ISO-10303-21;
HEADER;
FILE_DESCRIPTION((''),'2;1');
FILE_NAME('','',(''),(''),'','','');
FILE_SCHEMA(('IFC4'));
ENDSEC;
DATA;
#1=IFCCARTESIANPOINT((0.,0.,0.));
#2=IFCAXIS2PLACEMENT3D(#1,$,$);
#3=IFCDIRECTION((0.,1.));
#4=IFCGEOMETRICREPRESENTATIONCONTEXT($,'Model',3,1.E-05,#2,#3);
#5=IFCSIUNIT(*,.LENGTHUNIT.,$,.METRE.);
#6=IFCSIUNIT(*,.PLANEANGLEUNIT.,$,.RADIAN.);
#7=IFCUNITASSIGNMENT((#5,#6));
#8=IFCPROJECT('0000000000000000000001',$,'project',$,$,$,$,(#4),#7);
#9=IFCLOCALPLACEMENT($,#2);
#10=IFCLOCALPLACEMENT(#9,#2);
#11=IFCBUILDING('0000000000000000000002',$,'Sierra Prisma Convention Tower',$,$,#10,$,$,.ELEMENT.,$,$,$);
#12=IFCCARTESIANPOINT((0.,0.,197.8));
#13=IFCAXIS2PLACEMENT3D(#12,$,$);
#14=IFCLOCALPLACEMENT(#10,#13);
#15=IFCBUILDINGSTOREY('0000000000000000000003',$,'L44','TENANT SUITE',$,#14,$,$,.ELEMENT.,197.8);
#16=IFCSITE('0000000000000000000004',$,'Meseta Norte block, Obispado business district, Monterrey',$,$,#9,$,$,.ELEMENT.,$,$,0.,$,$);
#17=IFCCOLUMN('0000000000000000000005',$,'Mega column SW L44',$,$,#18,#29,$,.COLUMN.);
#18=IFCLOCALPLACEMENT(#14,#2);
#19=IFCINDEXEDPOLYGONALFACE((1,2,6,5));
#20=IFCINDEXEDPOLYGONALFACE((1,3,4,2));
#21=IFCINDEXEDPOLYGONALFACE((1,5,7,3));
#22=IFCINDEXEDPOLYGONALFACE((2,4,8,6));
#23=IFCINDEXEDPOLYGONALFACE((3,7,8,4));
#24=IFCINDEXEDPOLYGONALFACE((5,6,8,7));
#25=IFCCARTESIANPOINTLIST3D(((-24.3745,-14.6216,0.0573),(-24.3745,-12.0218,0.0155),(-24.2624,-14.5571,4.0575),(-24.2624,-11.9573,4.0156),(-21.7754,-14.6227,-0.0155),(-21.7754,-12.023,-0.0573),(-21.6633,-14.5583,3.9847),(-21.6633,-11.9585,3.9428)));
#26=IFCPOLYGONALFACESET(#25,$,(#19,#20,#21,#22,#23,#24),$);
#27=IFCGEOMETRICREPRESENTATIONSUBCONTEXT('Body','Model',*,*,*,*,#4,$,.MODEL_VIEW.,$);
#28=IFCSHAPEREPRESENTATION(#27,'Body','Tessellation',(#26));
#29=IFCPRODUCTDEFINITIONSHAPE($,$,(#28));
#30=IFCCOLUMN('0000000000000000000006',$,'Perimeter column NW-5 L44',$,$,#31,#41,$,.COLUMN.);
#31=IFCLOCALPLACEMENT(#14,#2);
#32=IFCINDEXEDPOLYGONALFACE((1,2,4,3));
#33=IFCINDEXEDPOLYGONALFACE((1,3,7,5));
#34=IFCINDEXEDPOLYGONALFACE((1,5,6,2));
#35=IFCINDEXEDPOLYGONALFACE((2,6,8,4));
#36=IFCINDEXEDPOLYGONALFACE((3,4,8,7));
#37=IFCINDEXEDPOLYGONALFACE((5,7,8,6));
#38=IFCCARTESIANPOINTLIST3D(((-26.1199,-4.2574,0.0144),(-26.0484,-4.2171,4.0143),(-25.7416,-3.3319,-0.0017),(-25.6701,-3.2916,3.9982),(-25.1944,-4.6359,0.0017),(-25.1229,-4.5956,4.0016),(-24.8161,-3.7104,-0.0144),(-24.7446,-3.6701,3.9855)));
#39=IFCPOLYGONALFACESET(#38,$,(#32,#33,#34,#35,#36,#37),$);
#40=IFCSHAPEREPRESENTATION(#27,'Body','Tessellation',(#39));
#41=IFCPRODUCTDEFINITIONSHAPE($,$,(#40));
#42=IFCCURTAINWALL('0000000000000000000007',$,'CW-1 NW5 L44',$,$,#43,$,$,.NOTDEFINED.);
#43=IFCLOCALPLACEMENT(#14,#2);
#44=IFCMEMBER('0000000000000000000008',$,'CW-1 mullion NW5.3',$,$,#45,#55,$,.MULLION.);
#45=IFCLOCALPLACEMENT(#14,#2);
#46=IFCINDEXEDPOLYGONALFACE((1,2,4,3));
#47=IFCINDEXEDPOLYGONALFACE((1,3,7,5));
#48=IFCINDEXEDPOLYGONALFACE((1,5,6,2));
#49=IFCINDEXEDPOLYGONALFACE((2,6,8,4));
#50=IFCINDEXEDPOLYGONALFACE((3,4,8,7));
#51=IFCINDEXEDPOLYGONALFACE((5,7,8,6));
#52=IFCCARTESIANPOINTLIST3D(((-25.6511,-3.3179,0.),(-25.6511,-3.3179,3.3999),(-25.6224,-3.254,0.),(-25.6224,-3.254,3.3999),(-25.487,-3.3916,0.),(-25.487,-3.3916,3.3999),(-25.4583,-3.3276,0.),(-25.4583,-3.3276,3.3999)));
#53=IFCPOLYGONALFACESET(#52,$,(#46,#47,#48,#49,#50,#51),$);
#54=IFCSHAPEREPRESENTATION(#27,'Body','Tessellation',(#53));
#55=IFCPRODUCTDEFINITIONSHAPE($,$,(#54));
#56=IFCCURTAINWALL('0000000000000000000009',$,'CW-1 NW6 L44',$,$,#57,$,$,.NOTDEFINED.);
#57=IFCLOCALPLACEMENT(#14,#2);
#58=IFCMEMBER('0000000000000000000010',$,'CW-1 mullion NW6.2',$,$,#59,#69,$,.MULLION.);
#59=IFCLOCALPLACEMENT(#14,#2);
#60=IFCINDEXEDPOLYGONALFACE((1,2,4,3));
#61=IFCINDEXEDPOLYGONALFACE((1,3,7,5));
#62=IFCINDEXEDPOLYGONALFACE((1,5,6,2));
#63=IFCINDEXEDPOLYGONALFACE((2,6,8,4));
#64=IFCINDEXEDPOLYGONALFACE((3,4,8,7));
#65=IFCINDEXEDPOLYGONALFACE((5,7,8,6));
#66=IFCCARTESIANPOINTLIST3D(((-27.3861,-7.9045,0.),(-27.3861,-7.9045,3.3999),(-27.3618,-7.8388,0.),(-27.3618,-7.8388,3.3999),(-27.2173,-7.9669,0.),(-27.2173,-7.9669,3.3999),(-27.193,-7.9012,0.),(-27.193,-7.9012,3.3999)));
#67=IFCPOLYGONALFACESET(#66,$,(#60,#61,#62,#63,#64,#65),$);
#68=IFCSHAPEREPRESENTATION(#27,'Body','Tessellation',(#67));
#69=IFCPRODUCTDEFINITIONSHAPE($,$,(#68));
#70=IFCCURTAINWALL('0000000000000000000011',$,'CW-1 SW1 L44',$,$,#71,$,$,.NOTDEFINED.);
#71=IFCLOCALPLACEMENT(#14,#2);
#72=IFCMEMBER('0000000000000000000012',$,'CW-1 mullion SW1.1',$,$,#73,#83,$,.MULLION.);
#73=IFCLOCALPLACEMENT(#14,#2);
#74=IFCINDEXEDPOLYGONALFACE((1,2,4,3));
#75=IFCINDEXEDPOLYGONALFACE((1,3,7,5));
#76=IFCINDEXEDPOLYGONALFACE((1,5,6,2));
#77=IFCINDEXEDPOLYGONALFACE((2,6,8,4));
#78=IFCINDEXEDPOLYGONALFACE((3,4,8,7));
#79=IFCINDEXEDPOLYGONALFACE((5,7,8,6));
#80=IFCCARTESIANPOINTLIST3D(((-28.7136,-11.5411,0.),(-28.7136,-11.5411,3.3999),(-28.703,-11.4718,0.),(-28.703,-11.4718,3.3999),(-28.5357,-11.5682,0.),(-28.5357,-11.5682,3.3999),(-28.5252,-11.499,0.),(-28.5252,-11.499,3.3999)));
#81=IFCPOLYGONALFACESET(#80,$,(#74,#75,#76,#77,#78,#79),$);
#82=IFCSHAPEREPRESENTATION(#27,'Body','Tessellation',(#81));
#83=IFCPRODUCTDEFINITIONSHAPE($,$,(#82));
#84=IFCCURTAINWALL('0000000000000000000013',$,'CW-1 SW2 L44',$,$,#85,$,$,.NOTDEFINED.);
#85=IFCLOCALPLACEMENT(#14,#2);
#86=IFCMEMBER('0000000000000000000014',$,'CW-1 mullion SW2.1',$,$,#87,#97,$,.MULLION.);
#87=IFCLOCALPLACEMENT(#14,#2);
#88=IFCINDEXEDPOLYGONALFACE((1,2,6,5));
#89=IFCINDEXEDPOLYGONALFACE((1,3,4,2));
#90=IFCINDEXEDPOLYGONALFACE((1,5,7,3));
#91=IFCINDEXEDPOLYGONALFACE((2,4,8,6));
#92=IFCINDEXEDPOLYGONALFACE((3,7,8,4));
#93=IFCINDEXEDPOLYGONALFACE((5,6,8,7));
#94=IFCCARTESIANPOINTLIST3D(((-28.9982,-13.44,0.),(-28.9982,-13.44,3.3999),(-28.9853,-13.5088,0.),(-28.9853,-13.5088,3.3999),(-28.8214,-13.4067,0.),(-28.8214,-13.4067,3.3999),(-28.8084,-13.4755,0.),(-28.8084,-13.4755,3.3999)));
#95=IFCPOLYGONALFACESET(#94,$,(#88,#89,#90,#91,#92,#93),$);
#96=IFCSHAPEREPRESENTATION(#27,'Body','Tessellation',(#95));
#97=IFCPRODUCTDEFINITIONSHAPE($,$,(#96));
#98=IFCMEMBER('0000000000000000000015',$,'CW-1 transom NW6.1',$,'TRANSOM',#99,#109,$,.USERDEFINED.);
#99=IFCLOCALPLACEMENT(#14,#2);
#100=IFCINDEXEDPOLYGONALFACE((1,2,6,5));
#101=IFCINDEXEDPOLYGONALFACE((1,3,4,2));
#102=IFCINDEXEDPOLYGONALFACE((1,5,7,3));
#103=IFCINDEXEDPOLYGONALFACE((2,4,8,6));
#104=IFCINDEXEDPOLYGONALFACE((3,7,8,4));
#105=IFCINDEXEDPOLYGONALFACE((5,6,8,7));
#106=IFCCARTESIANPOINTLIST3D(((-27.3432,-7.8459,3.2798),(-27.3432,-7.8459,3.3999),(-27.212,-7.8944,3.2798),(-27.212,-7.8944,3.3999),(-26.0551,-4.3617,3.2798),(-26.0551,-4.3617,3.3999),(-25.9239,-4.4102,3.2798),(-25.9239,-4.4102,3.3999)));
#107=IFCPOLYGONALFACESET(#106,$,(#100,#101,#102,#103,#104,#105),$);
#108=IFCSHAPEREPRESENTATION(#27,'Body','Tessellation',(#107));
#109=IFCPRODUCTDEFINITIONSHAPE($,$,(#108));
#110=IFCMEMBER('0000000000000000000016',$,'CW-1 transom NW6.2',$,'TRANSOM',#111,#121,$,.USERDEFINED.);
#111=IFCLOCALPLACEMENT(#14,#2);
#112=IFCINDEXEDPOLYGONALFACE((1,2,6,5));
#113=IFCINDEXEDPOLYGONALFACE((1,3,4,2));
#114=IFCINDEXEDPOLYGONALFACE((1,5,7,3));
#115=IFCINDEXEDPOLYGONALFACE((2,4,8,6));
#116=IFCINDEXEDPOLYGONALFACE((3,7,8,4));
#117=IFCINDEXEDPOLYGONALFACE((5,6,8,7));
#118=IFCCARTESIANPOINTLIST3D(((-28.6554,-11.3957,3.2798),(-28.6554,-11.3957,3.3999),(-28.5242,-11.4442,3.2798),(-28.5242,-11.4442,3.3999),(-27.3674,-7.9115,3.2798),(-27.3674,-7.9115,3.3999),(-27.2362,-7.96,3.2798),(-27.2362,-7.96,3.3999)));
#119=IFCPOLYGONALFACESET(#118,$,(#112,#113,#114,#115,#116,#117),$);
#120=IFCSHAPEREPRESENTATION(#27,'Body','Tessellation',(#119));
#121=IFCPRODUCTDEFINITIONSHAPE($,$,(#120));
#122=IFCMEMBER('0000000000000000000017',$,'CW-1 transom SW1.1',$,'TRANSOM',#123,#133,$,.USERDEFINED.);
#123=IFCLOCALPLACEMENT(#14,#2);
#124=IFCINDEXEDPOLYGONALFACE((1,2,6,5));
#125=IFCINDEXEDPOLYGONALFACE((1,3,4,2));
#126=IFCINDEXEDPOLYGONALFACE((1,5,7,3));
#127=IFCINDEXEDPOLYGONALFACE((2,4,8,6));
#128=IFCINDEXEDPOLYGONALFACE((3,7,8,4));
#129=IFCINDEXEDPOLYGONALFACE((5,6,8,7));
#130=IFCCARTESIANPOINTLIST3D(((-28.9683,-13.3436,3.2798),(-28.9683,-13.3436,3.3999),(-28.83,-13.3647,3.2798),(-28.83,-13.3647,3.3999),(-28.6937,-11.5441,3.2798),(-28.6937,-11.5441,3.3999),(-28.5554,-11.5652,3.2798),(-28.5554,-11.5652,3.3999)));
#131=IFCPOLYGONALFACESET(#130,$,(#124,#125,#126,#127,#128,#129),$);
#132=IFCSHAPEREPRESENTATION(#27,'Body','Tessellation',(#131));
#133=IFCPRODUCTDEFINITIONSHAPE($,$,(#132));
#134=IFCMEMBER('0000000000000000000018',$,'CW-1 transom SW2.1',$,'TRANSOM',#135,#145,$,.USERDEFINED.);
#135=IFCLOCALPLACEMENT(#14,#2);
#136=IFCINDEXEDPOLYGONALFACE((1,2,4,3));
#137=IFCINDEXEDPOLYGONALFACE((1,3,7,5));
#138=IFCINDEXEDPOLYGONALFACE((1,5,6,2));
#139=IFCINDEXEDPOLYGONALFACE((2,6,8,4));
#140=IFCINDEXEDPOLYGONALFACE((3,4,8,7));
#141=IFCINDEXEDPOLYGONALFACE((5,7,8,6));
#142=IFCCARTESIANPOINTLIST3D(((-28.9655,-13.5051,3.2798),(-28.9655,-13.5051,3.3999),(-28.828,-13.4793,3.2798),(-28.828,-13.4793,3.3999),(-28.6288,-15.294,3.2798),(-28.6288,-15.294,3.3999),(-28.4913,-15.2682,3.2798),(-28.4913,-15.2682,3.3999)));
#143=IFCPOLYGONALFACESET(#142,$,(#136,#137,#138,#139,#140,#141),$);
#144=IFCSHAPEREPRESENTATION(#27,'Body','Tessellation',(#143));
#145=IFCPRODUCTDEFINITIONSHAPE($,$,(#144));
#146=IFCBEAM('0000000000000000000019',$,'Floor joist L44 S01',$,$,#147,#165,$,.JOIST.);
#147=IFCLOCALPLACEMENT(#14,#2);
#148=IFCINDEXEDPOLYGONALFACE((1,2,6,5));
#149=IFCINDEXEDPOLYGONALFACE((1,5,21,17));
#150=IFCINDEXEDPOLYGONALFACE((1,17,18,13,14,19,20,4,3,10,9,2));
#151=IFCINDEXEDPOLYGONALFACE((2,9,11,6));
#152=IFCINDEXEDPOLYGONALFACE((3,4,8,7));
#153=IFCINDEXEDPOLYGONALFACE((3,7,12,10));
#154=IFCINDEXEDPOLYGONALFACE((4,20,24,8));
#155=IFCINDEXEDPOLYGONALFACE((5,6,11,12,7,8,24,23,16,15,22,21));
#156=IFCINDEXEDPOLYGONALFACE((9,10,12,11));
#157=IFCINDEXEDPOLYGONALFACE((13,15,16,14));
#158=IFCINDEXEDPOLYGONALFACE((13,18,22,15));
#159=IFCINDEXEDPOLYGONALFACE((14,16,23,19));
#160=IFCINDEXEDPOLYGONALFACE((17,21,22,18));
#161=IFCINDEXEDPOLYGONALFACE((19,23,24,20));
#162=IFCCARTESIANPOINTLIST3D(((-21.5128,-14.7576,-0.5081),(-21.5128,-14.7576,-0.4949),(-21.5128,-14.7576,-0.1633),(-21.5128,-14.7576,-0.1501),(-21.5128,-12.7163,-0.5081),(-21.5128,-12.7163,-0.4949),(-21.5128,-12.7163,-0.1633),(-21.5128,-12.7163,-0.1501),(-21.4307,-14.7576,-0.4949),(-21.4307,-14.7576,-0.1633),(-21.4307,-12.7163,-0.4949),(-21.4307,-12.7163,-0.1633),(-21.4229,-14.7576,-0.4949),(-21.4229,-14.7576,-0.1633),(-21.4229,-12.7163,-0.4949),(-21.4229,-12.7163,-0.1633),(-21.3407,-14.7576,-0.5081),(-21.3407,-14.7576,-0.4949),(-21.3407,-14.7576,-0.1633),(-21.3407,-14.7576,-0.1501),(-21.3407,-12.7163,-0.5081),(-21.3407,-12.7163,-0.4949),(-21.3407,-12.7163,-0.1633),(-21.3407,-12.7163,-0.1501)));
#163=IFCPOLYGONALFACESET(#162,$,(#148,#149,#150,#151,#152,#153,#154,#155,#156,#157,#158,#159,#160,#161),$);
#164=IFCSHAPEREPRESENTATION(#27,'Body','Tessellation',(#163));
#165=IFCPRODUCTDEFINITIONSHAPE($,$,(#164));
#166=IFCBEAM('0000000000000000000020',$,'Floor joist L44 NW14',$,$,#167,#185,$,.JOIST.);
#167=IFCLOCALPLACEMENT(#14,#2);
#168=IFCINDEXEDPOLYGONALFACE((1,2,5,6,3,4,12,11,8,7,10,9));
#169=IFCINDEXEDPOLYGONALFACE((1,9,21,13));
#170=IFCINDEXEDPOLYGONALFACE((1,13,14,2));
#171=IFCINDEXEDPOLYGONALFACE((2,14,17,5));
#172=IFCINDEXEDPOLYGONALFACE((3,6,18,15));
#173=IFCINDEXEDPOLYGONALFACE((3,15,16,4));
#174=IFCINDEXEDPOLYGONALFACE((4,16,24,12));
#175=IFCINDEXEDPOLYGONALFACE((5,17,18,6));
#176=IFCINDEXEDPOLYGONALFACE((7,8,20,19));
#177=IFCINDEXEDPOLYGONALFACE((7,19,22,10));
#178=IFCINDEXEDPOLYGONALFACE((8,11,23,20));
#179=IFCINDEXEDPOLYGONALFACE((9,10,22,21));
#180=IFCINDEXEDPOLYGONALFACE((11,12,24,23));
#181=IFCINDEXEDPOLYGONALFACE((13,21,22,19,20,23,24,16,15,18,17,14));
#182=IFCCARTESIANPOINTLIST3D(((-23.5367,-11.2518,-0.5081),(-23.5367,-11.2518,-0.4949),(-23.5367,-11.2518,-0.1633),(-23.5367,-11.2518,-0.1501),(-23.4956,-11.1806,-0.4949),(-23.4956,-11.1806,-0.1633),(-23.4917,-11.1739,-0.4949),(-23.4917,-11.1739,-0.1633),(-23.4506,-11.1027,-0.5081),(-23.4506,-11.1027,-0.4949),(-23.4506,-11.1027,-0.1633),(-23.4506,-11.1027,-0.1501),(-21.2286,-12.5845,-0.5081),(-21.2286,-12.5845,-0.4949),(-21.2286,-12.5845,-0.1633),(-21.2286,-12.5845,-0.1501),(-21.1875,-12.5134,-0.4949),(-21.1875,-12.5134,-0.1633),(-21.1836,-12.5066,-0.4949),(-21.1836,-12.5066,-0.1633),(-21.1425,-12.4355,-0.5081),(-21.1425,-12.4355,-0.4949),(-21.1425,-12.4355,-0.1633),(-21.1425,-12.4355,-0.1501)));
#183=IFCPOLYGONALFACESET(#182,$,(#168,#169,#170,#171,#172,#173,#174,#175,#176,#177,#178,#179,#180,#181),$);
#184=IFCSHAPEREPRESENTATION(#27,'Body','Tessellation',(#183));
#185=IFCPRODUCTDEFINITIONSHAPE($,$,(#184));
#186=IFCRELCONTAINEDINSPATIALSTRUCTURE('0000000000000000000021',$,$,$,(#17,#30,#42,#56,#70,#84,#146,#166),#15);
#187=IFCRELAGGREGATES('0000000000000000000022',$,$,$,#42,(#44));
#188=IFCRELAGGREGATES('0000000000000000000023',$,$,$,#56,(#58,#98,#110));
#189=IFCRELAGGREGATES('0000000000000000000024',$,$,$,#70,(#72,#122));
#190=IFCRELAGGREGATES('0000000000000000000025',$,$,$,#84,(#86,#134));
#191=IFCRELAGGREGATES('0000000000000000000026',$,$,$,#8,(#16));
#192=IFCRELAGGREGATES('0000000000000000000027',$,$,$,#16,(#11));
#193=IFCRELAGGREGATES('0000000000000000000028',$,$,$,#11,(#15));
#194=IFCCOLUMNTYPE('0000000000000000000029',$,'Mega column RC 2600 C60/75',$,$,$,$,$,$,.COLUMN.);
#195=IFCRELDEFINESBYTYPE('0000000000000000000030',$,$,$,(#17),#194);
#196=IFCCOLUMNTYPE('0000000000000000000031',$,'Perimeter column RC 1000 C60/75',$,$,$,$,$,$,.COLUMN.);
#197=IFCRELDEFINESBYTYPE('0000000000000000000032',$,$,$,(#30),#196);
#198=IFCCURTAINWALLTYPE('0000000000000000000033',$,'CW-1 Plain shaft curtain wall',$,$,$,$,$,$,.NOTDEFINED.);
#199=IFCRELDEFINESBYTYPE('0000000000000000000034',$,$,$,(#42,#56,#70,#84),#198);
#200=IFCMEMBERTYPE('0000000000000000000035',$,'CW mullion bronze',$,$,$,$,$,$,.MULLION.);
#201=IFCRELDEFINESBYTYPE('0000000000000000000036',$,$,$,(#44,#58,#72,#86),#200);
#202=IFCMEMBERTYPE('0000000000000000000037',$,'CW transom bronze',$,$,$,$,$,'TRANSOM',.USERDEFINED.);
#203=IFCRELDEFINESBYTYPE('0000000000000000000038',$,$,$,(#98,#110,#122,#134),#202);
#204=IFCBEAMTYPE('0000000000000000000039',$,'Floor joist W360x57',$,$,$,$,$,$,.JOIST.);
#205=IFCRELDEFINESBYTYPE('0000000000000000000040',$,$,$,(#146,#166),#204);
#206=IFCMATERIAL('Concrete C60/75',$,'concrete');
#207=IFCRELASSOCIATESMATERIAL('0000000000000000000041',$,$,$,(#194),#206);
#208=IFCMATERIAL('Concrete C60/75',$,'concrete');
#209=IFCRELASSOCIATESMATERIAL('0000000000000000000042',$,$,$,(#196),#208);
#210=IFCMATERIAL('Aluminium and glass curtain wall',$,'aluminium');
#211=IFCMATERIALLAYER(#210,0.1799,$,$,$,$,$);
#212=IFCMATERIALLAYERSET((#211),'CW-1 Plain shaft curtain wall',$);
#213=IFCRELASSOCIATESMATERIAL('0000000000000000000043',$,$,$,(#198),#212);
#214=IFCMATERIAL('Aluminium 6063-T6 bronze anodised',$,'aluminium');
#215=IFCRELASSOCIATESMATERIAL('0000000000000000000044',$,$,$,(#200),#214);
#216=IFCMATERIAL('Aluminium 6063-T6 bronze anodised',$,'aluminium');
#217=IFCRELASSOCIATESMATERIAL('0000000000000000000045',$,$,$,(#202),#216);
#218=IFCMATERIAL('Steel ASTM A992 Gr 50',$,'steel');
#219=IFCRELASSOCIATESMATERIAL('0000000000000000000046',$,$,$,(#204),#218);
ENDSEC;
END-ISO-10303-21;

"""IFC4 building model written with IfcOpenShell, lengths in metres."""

from ifc_helpers import new_model, si_unit, direction, frame, origin, origin_2d, place, context, subcontext, project, spatial, rectangle, i_section, extrude, material, layer, layer_set, material_profile, profile_set, type_object, element, aggregate, save


model = new_model("IFC4")

# Units and contexts
model_context = context("Model", 3, precision=1e-05, world=origin(), true_north=direction((0.0, 1.0)))
body_context = subcontext(model_context, "Body", "Model", "MODEL_VIEW")
ifc_project = project(units=[si_unit("LENGTHUNIT", "METRE"), si_unit("PLANEANGLEUNIT", "RADIAN")], contexts=[model_context])

# Site, building, storey
site_placement = place(None, origin())
site = spatial("IfcSite", under=ifc_project, at=site_placement, Name="Meseta Norte block, Obispado business district, Monterrey", CompositionType="ELEMENT", RefElevation=0.0)
building_placement = place(site_placement, origin())
building = spatial("IfcBuilding", under=site, at=building_placement, Name="Sierra Prisma Convention Tower", CompositionType="ELEMENT")
storey_placement = place(building_placement, frame((0.0, 0.0, 197.8)))
storey = spatial("IfcBuildingStorey", under=building, at=storey_placement, Name="L44", Description="TENANT SUITE", CompositionType="ELEMENT", Elevation=197.8)

# Columns
ifc_material_1 = material(Name="Concrete C60/75", Category="concrete")
ifc_material_profile_1 = material_profile(ifc_material_1, rectangle(XDim=2.6001, YDim=2.6001, at=origin_2d()), Name="Mega column RC 2600 C60/75")
ifc_profile_set_1 = profile_set([ifc_material_profile_1], Name="Concrete C60/75")
column_type_1 = type_object("IfcColumnType", Name="Mega column RC 2600 C60/75", PredefinedType="COLUMN", material=ifc_profile_set_1)
column_1_placement = place(storey_placement, frame((-23.075, -13.3223, 0.0), z_axis=(0.028001, 0.016105, 0.999478), x_axis=(0.999608, -0.000451, -0.027997)))
element("IfcColumn", 1, at=column_1_placement, inside=storey, type_object=column_type_1, Name="Mega column SW L44", PredefinedType="COLUMN", context=body_context, shape_type="SweptSolid", body=[
    extrude(rectangle(XDim=2.6001, YDim=2.6001, at=origin_2d()), origin(), (0.0, 0.0, 1.0), 4.0022),
])
ifc_material_2 = material(Name="Concrete C60/75", Category="concrete")
ifc_material_profile_2 = material_profile(ifc_material_2, rectangle(XDim=1.0, YDim=1.0, at=origin_2d()), Name="Perimeter column RC 1000 C60/75")
ifc_profile_set_2 = profile_set([ifc_material_profile_2], Name="Concrete C60/75")
column_type_2 = type_object("IfcColumnType", Name="Perimeter column RC 1000 C60/75", PredefinedType="COLUMN", material=ifc_profile_set_2)
column_2_placement = place(storey_placement, frame((-25.468, -3.9839, 0.0), z_axis=(0.01788, 0.010069, 0.999789), x_axis=(0.378278, 0.925552, -0.016086)))
element("IfcColumn", 2, at=column_2_placement, inside=storey, type_object=column_type_2, Name="Perimeter column NW-5 L44", PredefinedType="COLUMN", context=body_context, shape_type="SweptSolid", body=[
    extrude(rectangle(XDim=1.0, YDim=1.0, at=origin_2d()), origin(), (0.0, 0.0, 1.0), 4.0007),
])

# Curtain walls, members
ifc_material_3 = material(Name="Aluminium and glass curtain wall", Category="aluminium")
ifc_layer_1 = layer(ifc_material_3, 0.1799)
ifc_layer_set_1 = layer_set([ifc_layer_1], Name="CW-1 Plain shaft curtain wall")
curtain_wall_type = type_object("IfcCurtainWallType", Name="CW-1 Plain shaft curtain wall", PredefinedType="NOTDEFINED", material=ifc_layer_set_1)
curtain_wall_1_placement = place(storey_placement, origin())
curtain_wall_1 = element("IfcCurtainWall", 3, at=curtain_wall_1_placement, inside=storey, type_object=curtain_wall_type, Name="CW-1 NW5 L44", PredefinedType="NOTDEFINED")
ifc_material_4 = material(Name="Aluminium 6063-T6 bronze anodised", Category="aluminium")
ifc_material_profile_3 = material_profile(ifc_material_4, rectangle(XDim=0.1799, YDim=0.0701, at=origin_2d()), Name="ALU MULLION 70x180")
ifc_profile_set_3 = profile_set([ifc_material_profile_3], Name="Aluminium 6063-T6 bronze anodised")
member_type_1 = type_object("IfcMemberType", Name="CW mullion bronze", PredefinedType="MULLION", material=ifc_profile_set_3)
member_1_placement = place(storey_placement, frame((-25.5547, -3.3228, 0.0), z_axis=(0.0, 0.0, 1.0), x_axis=(0.912312, -0.409495, 0.0)))
member_1 = element("IfcMember", 4, at=member_1_placement, type_object=member_type_1, Name="CW-1 mullion NW5.3", PredefinedType="MULLION", context=body_context, shape_type="SweptSolid", body=[
    extrude(rectangle(XDim=0.1799, YDim=0.0701, at=origin_2d()), origin(), (0.0, 0.0, 1.0), 3.3999),
])
aggregate(curtain_wall_1, [member_1])
curtain_wall_2_placement = place(storey_placement, origin())
curtain_wall_2 = element("IfcCurtainWall", 5, at=curtain_wall_2_placement, inside=storey, type_object=curtain_wall_type, Name="CW-1 NW6 L44", PredefinedType="NOTDEFINED")
member_2_placement = place(storey_placement, frame((-27.2896, -7.9028, 0.0), z_axis=(0.0, 0.0, 1.0), x_axis=(0.937958, -0.346748, 0.0)))
member_2 = element("IfcMember", 6, at=member_2_placement, type_object=member_type_1, Name="CW-1 mullion NW6.2", PredefinedType="MULLION", context=body_context, shape_type="SweptSolid", body=[
    extrude(rectangle(XDim=0.1799, YDim=0.0701, at=origin_2d()), origin(), (0.0, 0.0, 1.0), 3.3999),
])
curtain_wall_3_placement = place(storey_placement, origin())
curtain_wall_3 = element("IfcCurtainWall", 7, at=curtain_wall_3_placement, inside=storey, type_object=curtain_wall_type, Name="CW-1 SW1 L44", PredefinedType="NOTDEFINED")
member_3_placement = place(storey_placement, frame((-28.6194, -11.52, 0.0), z_axis=(0.0, 0.0, 1.0), x_axis=(0.988555, -0.150864, 0.0)))
member_3 = element("IfcMember", 8, at=member_3_placement, type_object=member_type_1, Name="CW-1 mullion SW1.1", PredefinedType="MULLION", context=body_context, shape_type="SweptSolid", body=[
    extrude(rectangle(XDim=0.1799, YDim=0.0701, at=origin_2d()), origin(), (0.0, 0.0, 1.0), 3.3999),
])
curtain_wall_4_placement = place(storey_placement, origin())
curtain_wall_4 = element("IfcCurtainWall", 9, at=curtain_wall_4_placement, inside=storey, type_object=curtain_wall_type, Name="CW-1 SW2 L44", PredefinedType="NOTDEFINED")
member_4_placement = place(storey_placement, frame((-28.9033, -13.4578, 0.0), z_axis=(0.0, 0.0, 1.0), x_axis=(0.982737, 0.185007, 0.0)))
member_4 = element("IfcMember", 10, at=member_4_placement, type_object=member_type_1, Name="CW-1 mullion SW2.1", PredefinedType="MULLION", context=body_context, shape_type="SweptSolid", body=[
    extrude(rectangle(XDim=0.1799, YDim=0.0701, at=origin_2d()), origin(), (0.0, 0.0, 1.0), 3.3999),
])

# Members
ifc_material_5 = material(Name="Aluminium 6063-T6 bronze anodised", Category="aluminium")
ifc_material_profile_4 = material_profile(ifc_material_5, rectangle(XDim=0.1399, YDim=0.1201, at=origin_2d()), Name="ALU TRANSOM 120x140")
ifc_profile_set_4 = profile_set([ifc_material_profile_4], Name="Aluminium 6063-T6 bronze anodised")
member_type_2 = type_object("IfcMemberType", Name="CW transom bronze", ElementType="TRANSOM", PredefinedType="USERDEFINED", material=ifc_profile_set_4)
member_5_placement = place(storey_placement, frame((-25.9895, -4.386, 3.3398), z_axis=(-0.346762, -0.937953, 0.0), x_axis=(0.937953, -0.346762, 0.0)))
member_5 = element("IfcMember", 11, at=member_5_placement, type_object=member_type_2, Name="CW-1 transom NW6.1", ObjectType="TRANSOM", PredefinedType="USERDEFINED", context=body_context, shape_type="SweptSolid", body=[
    extrude(rectangle(XDim=0.1399, YDim=0.1201, at=origin_2d()), origin(), (0.0, 0.0, 1.0), 3.7146),
])
member_6_placement = place(storey_placement, frame((-27.3018, -7.9358, 3.3398), z_axis=(-0.346762, -0.937953, 0.0), x_axis=(0.937953, -0.346762, 0.0)))
member_6 = element("IfcMember", 12, at=member_6_placement, type_object=member_type_2, Name="CW-1 transom NW6.2", ObjectType="TRANSOM", PredefinedType="USERDEFINED", context=body_context, shape_type="SweptSolid", body=[
    extrude(rectangle(XDim=0.1399, YDim=0.1201, at=origin_2d()), origin(), (0.0, 0.0, 1.0), 3.7146),
])
member_7_placement = place(storey_placement, frame((-28.6245, -11.5547, 3.3398), z_axis=(-0.150878, -0.988552, 0.0), x_axis=(0.988552, -0.150878, 0.0)))
member_7 = element("IfcMember", 13, at=member_7_placement, type_object=member_type_2, Name="CW-1 transom SW1.1", ObjectType="TRANSOM", PredefinedType="USERDEFINED", context=body_context, shape_type="SweptSolid", body=[
    extrude(rectangle(XDim=0.1399, YDim=0.1201, at=origin_2d()), origin(), (0.0, 0.0, 1.0), 1.8203),
])
member_8_placement = place(storey_placement, frame((-28.8967, -13.4922, 3.3398), z_axis=(0.184961, -0.982746, 0.0), x_axis=(0.982746, 0.184961, 0.0)))
member_8 = element("IfcMember", 14, at=member_8_placement, type_object=member_type_2, Name="CW-1 transom SW2.1", ObjectType="TRANSOM", PredefinedType="USERDEFINED", context=body_context, shape_type="SweptSolid", body=[
    extrude(rectangle(XDim=0.1399, YDim=0.1201, at=origin_2d()), origin(), (0.0, 0.0, 1.0), 1.8203),
])

# Beams
ifc_material_6 = material(Name="Steel ASTM A992 Gr 50", Category="steel")
ifc_material_profile_5 = material_profile(ifc_material_6, i_section(OverallWidth=0.1721, OverallDepth=0.3579, WebThickness=0.0078, FlangeThickness=0.0132, at=origin_2d()), Name="W360x57")
ifc_profile_set_5 = profile_set([ifc_material_profile_5], Name="Steel ASTM A992 Gr 50")
beam_type_1 = type_object("IfcBeamType", Name="Floor joist W360x57", PredefinedType="JOIST", material=ifc_profile_set_5)
beam_1_placement = place(storey_placement, frame((-21.4268, -14.7576, -0.3291), z_axis=(0.0, 1.0, 0.0), x_axis=(-1.0, 0.0, 0.0)))
element("IfcBeam", 15, at=beam_1_placement, inside=storey, type_object=beam_type_1, Name="Floor joist L44 S01", PredefinedType="JOIST", context=body_context, shape_type="SweptSolid", body=[
    extrude(i_section(OverallWidth=0.1721, OverallDepth=0.3579, WebThickness=0.0078, FlangeThickness=0.0132, at=origin_2d()), origin(), (0.0, 0.0, 1.0), 2.0413),
])
beam_2_placement = place(storey_placement, frame((-23.4937, -11.1772, -0.3291), z_axis=(0.865996, -0.50005, 0.0), x_axis=(0.50005, 0.865996, 0.0)))
element("IfcBeam", 16, at=beam_2_placement, inside=storey, type_object=beam_type_1, Name="Floor joist L44 NW14", PredefinedType="JOIST", context=body_context, shape_type="SweptSolid", body=[
    extrude(i_section(OverallWidth=0.1721, OverallDepth=0.3579, WebThickness=0.0078, FlangeThickness=0.0132, at=origin_2d()), origin(), (0.0, 0.0, 1.0), 2.6653),
])

aggregate(curtain_wall_2, [member_2, member_5, member_6])
aggregate(curtain_wall_3, [member_3, member_7])
aggregate(curtain_wall_4, [member_4, member_8])

save(model, "model.ifc")
